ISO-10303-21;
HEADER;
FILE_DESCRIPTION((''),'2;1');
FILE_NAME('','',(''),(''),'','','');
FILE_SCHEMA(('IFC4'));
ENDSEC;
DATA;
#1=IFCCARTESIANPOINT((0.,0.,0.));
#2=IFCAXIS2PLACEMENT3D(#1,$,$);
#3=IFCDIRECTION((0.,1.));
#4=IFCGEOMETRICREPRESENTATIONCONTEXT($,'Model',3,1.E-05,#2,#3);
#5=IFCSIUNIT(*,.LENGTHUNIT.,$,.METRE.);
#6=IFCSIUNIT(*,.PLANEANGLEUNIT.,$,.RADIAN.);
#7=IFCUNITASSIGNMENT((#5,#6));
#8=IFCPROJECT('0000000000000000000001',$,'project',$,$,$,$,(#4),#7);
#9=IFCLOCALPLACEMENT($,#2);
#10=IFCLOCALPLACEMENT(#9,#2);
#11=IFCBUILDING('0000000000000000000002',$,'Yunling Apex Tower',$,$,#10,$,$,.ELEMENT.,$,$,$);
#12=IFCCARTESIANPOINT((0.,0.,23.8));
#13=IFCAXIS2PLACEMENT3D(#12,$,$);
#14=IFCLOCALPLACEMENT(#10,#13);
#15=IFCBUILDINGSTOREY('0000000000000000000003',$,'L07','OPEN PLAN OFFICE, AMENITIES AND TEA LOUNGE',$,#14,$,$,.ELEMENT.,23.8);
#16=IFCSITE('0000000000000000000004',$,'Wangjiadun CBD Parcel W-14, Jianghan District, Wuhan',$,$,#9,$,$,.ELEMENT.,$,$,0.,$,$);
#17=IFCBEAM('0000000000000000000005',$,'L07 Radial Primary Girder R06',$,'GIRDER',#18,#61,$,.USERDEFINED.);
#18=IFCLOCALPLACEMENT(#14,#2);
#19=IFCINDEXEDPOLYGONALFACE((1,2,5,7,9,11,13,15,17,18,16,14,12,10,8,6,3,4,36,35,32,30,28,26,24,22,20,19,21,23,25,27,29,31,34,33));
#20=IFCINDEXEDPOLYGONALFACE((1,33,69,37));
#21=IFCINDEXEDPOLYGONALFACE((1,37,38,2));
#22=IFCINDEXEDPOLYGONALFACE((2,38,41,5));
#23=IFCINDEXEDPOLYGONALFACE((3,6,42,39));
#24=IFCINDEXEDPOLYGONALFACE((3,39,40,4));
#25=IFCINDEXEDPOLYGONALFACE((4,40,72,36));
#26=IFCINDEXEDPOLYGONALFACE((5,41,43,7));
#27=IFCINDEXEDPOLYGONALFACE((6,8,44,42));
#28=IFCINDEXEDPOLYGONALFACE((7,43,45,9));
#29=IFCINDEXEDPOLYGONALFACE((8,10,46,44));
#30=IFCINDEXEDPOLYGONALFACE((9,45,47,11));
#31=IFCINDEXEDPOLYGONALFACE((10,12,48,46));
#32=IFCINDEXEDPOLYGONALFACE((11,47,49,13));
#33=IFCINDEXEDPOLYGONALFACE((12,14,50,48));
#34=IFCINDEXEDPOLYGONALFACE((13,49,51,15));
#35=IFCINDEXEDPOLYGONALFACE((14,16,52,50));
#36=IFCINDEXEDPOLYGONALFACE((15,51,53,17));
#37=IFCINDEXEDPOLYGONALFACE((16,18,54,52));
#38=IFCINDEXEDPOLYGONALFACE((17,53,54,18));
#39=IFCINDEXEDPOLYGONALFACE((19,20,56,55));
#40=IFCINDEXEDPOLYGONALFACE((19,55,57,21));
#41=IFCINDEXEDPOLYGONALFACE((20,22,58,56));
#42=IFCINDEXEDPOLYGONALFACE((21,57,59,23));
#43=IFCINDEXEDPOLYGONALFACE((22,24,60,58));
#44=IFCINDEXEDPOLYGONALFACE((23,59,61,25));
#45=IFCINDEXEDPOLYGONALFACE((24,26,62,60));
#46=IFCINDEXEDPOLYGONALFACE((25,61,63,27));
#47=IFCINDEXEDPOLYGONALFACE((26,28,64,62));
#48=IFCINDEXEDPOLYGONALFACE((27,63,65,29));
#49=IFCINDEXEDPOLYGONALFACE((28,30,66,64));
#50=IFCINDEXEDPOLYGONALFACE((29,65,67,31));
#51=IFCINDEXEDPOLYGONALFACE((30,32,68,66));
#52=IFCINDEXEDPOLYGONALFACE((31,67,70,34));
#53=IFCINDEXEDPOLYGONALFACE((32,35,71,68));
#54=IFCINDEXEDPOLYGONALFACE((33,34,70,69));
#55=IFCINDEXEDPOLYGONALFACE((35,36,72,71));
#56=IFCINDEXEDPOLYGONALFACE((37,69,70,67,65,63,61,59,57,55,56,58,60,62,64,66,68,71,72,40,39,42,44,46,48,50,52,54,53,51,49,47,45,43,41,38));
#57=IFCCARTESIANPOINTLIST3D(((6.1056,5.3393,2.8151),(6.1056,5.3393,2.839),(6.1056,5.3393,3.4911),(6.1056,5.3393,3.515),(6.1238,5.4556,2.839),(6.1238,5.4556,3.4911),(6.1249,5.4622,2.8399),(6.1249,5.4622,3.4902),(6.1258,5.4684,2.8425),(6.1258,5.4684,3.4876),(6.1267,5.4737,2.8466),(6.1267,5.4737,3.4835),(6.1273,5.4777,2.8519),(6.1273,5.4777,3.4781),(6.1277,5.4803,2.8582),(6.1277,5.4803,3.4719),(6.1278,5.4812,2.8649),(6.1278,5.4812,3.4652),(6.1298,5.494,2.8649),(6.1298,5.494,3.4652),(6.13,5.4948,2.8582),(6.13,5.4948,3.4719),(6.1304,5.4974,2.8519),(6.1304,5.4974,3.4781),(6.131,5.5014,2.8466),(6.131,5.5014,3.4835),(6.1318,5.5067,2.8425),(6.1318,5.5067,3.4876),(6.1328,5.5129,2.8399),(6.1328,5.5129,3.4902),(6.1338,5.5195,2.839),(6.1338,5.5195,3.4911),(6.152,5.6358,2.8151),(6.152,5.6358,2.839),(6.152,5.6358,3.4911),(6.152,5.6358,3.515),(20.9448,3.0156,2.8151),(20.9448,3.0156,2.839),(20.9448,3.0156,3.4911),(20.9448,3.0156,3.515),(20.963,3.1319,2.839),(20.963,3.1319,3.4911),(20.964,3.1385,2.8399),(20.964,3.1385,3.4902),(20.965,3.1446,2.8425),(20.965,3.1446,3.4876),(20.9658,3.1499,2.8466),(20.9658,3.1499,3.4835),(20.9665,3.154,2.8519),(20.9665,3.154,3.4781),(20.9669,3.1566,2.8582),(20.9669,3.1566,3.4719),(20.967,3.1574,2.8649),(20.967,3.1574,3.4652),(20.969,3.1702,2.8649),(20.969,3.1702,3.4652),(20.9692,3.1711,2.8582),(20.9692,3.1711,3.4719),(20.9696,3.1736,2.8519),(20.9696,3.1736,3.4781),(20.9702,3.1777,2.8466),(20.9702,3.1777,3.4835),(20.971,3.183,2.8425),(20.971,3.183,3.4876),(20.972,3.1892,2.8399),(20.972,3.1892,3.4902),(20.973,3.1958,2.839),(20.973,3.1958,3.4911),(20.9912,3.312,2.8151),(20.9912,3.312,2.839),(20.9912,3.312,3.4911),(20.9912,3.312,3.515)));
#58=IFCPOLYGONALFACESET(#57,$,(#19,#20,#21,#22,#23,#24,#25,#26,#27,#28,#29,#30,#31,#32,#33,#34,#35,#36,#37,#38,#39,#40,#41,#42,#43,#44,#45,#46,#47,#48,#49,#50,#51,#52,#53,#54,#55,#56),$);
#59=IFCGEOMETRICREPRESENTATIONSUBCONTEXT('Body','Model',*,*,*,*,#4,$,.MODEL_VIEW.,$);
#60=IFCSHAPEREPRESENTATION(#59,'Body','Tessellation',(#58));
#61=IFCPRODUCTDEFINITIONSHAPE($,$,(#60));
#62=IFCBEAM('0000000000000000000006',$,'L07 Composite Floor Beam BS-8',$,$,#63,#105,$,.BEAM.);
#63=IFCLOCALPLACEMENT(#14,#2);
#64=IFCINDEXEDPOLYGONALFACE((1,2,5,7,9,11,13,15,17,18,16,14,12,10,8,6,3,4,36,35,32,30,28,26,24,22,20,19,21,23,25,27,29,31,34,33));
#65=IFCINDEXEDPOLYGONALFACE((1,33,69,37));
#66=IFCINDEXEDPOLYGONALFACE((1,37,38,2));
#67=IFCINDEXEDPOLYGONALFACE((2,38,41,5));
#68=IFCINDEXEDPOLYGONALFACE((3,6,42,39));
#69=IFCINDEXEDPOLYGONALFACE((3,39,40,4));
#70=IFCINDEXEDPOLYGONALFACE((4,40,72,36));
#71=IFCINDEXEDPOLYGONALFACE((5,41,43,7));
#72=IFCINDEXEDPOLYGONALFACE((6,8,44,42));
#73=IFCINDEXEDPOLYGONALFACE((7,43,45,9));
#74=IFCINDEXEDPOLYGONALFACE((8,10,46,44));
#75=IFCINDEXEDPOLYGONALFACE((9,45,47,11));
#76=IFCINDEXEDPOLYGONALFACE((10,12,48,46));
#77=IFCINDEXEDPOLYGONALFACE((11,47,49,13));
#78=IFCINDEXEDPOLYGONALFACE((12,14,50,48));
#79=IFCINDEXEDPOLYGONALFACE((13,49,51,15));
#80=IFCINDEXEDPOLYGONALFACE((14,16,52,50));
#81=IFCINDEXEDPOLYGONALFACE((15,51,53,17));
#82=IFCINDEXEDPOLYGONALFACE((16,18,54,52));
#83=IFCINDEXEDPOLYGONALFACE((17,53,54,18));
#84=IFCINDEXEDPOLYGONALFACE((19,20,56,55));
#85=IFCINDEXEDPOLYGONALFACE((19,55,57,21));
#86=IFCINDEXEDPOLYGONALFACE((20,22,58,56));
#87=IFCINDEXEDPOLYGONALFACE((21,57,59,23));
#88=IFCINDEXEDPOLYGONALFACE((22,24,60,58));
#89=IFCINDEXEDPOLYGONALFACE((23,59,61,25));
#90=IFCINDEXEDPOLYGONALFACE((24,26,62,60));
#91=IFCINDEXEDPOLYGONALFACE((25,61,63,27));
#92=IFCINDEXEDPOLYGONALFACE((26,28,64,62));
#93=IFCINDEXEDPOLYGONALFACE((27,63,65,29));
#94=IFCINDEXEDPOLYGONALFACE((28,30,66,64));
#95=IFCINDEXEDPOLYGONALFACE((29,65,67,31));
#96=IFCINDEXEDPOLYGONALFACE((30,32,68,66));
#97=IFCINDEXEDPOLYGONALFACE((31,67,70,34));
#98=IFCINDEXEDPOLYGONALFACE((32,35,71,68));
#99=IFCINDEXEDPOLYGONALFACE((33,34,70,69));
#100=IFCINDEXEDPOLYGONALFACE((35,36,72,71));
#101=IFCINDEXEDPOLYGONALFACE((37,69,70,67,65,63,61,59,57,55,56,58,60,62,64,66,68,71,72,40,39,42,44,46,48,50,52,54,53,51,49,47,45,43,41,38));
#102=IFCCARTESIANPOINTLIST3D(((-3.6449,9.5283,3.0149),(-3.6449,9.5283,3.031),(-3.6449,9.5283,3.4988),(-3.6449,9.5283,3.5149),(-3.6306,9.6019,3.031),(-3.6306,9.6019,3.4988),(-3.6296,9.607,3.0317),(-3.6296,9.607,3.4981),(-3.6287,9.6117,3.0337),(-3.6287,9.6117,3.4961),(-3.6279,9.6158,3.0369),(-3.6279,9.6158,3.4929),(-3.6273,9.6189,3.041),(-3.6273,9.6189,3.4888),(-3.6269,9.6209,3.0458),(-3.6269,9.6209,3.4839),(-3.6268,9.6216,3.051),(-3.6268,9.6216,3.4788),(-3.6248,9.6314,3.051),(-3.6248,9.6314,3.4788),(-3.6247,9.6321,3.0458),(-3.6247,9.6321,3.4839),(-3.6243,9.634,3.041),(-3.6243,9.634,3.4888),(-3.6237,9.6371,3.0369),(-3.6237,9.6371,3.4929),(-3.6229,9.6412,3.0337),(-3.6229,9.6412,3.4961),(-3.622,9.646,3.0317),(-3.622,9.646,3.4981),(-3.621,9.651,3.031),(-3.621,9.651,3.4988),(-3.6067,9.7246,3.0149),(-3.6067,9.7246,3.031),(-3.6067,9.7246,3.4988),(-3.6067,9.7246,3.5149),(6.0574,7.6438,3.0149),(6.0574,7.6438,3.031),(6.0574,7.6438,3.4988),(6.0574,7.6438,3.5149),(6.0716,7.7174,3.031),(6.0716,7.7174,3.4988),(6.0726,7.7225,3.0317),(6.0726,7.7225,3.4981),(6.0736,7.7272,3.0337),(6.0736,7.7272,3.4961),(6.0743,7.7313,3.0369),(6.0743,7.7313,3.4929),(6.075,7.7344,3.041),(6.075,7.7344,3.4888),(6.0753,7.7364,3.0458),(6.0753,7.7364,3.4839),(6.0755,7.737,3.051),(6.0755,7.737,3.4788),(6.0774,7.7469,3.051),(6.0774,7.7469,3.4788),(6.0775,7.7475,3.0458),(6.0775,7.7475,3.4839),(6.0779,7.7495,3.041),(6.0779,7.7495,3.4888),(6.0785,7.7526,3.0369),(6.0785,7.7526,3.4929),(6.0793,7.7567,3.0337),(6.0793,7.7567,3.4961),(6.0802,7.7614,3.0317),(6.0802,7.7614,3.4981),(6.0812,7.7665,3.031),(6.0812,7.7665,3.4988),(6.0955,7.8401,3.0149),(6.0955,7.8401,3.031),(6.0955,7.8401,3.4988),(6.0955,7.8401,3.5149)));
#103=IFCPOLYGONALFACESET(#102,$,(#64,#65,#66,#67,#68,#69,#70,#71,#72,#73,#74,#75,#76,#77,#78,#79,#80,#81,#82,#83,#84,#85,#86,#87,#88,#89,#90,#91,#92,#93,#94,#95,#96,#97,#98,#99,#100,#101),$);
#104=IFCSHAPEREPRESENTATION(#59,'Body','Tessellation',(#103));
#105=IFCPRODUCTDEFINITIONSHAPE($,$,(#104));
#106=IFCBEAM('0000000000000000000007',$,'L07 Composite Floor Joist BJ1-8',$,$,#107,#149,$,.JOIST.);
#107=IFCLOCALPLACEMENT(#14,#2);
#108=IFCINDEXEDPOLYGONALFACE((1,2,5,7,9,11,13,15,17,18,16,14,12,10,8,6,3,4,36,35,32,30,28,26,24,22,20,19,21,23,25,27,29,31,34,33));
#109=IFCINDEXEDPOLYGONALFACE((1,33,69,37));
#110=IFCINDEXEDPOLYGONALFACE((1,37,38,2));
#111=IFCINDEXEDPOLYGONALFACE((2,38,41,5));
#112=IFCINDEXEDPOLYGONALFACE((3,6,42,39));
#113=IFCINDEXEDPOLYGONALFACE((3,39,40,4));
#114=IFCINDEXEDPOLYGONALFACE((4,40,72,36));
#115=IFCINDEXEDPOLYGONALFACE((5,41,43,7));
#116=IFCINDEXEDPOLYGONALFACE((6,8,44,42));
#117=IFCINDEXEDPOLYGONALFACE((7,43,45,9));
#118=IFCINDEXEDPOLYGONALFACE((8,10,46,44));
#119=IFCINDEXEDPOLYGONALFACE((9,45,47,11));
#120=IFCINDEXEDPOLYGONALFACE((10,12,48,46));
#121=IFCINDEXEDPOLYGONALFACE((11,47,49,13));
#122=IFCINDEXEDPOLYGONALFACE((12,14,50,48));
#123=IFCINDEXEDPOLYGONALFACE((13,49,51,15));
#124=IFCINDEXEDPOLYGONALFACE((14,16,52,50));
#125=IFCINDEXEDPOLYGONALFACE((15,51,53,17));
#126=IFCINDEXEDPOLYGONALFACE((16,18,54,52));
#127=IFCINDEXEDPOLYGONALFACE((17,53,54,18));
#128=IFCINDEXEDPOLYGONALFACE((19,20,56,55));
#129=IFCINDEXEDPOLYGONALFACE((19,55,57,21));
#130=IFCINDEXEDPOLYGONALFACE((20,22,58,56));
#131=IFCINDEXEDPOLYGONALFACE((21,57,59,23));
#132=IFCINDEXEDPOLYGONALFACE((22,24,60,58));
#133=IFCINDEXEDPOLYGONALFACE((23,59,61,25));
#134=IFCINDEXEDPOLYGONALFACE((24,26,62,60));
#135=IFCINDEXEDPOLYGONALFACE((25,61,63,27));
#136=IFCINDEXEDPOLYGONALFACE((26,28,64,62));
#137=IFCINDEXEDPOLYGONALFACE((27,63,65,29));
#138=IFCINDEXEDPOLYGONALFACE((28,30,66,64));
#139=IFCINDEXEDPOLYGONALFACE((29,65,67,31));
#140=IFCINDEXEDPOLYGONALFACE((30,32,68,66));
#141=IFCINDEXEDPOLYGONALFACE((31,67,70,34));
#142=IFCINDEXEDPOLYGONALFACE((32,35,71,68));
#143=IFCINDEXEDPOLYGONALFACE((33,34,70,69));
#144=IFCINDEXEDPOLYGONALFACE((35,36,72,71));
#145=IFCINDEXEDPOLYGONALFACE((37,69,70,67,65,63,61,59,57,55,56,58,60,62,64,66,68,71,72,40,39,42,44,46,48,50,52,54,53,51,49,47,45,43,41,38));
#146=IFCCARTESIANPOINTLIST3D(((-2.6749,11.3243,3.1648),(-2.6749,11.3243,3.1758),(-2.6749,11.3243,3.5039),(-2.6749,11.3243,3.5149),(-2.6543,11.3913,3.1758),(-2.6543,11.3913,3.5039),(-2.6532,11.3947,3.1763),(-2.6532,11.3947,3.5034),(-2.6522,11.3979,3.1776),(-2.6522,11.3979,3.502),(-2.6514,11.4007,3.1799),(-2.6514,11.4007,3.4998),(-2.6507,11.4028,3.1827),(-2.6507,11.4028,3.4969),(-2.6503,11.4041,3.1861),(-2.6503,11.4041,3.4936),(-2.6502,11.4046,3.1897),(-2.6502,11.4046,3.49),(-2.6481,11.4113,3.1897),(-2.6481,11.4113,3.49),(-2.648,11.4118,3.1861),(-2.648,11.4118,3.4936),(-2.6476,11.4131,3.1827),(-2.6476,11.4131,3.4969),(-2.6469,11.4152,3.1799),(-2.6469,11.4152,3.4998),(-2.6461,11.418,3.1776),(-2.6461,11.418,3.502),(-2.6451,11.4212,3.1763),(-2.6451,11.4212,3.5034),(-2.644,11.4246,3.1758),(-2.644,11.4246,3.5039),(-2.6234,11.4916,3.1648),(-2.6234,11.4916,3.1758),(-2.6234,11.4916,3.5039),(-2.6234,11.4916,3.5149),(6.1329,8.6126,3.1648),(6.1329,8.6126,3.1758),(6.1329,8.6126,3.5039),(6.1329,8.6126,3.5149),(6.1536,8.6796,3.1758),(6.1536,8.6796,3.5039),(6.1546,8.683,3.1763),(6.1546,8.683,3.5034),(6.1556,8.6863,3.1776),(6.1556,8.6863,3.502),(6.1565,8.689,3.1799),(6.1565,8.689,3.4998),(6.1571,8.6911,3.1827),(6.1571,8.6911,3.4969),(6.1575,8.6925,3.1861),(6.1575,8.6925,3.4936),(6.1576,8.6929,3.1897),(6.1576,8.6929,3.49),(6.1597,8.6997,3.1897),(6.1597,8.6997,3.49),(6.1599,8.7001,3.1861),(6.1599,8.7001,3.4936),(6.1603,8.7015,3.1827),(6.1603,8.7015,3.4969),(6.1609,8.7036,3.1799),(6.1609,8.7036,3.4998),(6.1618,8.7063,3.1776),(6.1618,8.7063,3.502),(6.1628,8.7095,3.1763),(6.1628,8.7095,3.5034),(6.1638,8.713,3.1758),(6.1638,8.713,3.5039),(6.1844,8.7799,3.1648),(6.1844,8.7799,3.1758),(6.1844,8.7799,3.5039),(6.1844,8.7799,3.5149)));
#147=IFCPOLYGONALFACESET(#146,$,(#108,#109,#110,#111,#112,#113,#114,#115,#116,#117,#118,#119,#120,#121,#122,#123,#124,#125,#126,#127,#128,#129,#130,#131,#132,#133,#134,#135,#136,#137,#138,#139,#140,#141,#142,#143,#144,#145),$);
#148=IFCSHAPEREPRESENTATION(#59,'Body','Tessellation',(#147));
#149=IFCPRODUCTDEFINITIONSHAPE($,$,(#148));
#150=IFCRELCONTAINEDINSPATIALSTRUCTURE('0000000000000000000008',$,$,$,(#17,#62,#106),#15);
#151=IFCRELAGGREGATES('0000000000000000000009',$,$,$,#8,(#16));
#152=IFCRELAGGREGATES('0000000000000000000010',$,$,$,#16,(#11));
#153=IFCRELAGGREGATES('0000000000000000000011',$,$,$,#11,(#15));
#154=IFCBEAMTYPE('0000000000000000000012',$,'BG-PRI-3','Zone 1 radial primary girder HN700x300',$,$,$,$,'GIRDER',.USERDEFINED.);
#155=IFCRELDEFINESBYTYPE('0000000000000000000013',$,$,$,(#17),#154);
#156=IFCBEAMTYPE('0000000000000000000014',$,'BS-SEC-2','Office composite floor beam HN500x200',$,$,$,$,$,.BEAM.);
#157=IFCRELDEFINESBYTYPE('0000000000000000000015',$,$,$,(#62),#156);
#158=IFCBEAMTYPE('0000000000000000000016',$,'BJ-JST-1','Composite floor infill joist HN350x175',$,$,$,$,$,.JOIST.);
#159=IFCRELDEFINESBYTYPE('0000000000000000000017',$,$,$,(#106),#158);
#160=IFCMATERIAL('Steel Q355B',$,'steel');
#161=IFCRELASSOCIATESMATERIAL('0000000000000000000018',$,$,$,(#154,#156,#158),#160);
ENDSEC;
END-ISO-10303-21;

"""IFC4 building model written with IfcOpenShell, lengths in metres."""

from ifc_helpers import new_model, si_unit, direction, frame, origin, origin_2d, place, context, subcontext, project, spatial, i_section, extrude, source, transform, mapped, material, material_profile, profile_set, type_object, element, save


model = new_model("IFC4")

# Units and contexts
model_context = context("Model", 3, precision=1e-05, world=origin(), true_north=direction((0.0, 1.0)))
body_context = subcontext(model_context, "Body", "Model", "MODEL_VIEW")
ifc_project = project(units=[si_unit("LENGTHUNIT", "METRE"), si_unit("PLANEANGLEUNIT", "RADIAN")], contexts=[model_context])

# Site, building, storey
site_placement = place(None, origin())
site = spatial("IfcSite", under=ifc_project, at=site_placement, Name="Wangjiadun CBD Parcel W-14, Jianghan District, Wuhan", CompositionType="ELEMENT", RefElevation=0.0)
building_placement = place(site_placement, origin())
building = spatial("IfcBuilding", under=site, at=building_placement, Name="Yunling Apex Tower", CompositionType="ELEMENT")
storey_placement = place(building_placement, frame((0.0, 0.0, 23.8)))
storey = spatial("IfcBuildingStorey", under=building, at=storey_placement, Name="L07", Description="OPEN PLAN OFFICE, AMENITIES AND TEA LOUNGE", CompositionType="ELEMENT", Elevation=23.8)

# Beams
ifc_material_1 = material(Name="Steel Q355B", Category="steel")
ifc_material_profile_1 = material_profile(ifc_material_1, i_section(OverallWidth=0.3, OverallDepth=0.7, WebThickness=0.0129, FlangeThickness=0.0239, FilletRadius=0.0259, at=origin_2d()))
ifc_profile_set_1 = profile_set([ifc_material_profile_1], Name="Steel Q355B")
beam_type_1 = type_object("IfcBeamType", Name="BG-PRI-3", Description="Zone 1 radial primary girder HN700x300", ElementType="GIRDER", PredefinedType="USERDEFINED", material=ifc_profile_set_1)
shared_shape_1 = source(origin(), body_context, "Body", "SweptSolid", [
    extrude(i_section(OverallWidth=0.3, OverallDepth=0.7, WebThickness=0.0129, FlangeThickness=0.0239, FilletRadius=0.0259, at=origin_2d()), origin(), (0.0, 0.0, 1.0), 15.02),
])
beam_1_placement = place(storey_placement, frame((20.968, 3.1638, 3.165), z_axis=(-0.98796, 0.15471, 0.0), x_axis=(-0.15471, -0.98796, 0.0)))
element("IfcBeam", 1, at=beam_1_placement, inside=storey, type_object=beam_type_1, Name="L07 Radial Primary Girder R06", ObjectType="GIRDER", PredefinedType="USERDEFINED", context=body_context, shape_type="MappedRepresentation", body=[
    mapped(shared_shape_1, transform((0.0, 0.0, 0.0), scale=1.0)),
])
ifc_material_profile_2 = material_profile(ifc_material_1, i_section(OverallWidth=0.2, OverallDepth=0.5, WebThickness=0.01, FlangeThickness=0.0161, FilletRadius=0.02, at=origin_2d()))
ifc_profile_set_2 = profile_set([ifc_material_profile_2], Name="Steel Q355B")
beam_type_2 = type_object("IfcBeamType", Name="BS-SEC-2", Description="Office composite floor beam HN500x200", PredefinedType="BEAM", material=ifc_profile_set_2)
shared_shape_2 = source(origin(), body_context, "Body", "SweptSolid", [
    extrude(i_section(OverallWidth=0.2, OverallDepth=0.5, WebThickness=0.01, FlangeThickness=0.0161, FilletRadius=0.02, at=origin_2d()), origin(), (0.0, 0.0, 1.0), 9.8835),
])
beam_2_placement = place(storey_placement, frame((6.0764, 7.7419, 3.2649), z_axis=(-0.981653, 0.190674, 0.0), x_axis=(-0.190674, -0.981653, 0.0)))
element("IfcBeam", 2, at=beam_2_placement, inside=storey, type_object=beam_type_2, Name="L07 Composite Floor Beam BS-8", PredefinedType="BEAM", context=body_context, shape_type="MappedRepresentation", body=[
    mapped(shared_shape_2, transform((0.0, 0.0, 0.0), scale=1.0)),
])
ifc_material_profile_3 = material_profile(ifc_material_1, i_section(OverallWidth=0.175, OverallDepth=0.3501, WebThickness=0.0071, FlangeThickness=0.011, FilletRadius=0.0139, at=origin_2d()))
ifc_profile_set_3 = profile_set([ifc_material_profile_3], Name="Steel Q355B")
beam_type_3 = type_object("IfcBeamType", Name="BJ-JST-1", Description="Composite floor infill joist HN350x175", PredefinedType="JOIST", material=ifc_profile_set_3)
shared_shape_3 = source(origin(), body_context, "Body", "SweptSolid", [
    extrude(i_section(OverallWidth=0.175, OverallDepth=0.3501, WebThickness=0.0071, FlangeThickness=0.011, FilletRadius=0.0139, at=origin_2d()), origin(), (0.0, 0.0, 1.0), 9.2158),
])
beam_3_placement = place(storey_placement, frame((6.1587, 8.6963, 3.3398), z_axis=(-0.955731, 0.29424, 0.0), x_axis=(-0.29424, -0.955731, 0.0)))
element("IfcBeam", 3, at=beam_3_placement, inside=storey, type_object=beam_type_3, Name="L07 Composite Floor Joist BJ1-8", PredefinedType="JOIST", context=body_context, shape_type="MappedRepresentation", body=[
    mapped(shared_shape_3, transform((0.0, 0.0, 0.0), scale=1.0)),
])

save(model, "model.ifc")
